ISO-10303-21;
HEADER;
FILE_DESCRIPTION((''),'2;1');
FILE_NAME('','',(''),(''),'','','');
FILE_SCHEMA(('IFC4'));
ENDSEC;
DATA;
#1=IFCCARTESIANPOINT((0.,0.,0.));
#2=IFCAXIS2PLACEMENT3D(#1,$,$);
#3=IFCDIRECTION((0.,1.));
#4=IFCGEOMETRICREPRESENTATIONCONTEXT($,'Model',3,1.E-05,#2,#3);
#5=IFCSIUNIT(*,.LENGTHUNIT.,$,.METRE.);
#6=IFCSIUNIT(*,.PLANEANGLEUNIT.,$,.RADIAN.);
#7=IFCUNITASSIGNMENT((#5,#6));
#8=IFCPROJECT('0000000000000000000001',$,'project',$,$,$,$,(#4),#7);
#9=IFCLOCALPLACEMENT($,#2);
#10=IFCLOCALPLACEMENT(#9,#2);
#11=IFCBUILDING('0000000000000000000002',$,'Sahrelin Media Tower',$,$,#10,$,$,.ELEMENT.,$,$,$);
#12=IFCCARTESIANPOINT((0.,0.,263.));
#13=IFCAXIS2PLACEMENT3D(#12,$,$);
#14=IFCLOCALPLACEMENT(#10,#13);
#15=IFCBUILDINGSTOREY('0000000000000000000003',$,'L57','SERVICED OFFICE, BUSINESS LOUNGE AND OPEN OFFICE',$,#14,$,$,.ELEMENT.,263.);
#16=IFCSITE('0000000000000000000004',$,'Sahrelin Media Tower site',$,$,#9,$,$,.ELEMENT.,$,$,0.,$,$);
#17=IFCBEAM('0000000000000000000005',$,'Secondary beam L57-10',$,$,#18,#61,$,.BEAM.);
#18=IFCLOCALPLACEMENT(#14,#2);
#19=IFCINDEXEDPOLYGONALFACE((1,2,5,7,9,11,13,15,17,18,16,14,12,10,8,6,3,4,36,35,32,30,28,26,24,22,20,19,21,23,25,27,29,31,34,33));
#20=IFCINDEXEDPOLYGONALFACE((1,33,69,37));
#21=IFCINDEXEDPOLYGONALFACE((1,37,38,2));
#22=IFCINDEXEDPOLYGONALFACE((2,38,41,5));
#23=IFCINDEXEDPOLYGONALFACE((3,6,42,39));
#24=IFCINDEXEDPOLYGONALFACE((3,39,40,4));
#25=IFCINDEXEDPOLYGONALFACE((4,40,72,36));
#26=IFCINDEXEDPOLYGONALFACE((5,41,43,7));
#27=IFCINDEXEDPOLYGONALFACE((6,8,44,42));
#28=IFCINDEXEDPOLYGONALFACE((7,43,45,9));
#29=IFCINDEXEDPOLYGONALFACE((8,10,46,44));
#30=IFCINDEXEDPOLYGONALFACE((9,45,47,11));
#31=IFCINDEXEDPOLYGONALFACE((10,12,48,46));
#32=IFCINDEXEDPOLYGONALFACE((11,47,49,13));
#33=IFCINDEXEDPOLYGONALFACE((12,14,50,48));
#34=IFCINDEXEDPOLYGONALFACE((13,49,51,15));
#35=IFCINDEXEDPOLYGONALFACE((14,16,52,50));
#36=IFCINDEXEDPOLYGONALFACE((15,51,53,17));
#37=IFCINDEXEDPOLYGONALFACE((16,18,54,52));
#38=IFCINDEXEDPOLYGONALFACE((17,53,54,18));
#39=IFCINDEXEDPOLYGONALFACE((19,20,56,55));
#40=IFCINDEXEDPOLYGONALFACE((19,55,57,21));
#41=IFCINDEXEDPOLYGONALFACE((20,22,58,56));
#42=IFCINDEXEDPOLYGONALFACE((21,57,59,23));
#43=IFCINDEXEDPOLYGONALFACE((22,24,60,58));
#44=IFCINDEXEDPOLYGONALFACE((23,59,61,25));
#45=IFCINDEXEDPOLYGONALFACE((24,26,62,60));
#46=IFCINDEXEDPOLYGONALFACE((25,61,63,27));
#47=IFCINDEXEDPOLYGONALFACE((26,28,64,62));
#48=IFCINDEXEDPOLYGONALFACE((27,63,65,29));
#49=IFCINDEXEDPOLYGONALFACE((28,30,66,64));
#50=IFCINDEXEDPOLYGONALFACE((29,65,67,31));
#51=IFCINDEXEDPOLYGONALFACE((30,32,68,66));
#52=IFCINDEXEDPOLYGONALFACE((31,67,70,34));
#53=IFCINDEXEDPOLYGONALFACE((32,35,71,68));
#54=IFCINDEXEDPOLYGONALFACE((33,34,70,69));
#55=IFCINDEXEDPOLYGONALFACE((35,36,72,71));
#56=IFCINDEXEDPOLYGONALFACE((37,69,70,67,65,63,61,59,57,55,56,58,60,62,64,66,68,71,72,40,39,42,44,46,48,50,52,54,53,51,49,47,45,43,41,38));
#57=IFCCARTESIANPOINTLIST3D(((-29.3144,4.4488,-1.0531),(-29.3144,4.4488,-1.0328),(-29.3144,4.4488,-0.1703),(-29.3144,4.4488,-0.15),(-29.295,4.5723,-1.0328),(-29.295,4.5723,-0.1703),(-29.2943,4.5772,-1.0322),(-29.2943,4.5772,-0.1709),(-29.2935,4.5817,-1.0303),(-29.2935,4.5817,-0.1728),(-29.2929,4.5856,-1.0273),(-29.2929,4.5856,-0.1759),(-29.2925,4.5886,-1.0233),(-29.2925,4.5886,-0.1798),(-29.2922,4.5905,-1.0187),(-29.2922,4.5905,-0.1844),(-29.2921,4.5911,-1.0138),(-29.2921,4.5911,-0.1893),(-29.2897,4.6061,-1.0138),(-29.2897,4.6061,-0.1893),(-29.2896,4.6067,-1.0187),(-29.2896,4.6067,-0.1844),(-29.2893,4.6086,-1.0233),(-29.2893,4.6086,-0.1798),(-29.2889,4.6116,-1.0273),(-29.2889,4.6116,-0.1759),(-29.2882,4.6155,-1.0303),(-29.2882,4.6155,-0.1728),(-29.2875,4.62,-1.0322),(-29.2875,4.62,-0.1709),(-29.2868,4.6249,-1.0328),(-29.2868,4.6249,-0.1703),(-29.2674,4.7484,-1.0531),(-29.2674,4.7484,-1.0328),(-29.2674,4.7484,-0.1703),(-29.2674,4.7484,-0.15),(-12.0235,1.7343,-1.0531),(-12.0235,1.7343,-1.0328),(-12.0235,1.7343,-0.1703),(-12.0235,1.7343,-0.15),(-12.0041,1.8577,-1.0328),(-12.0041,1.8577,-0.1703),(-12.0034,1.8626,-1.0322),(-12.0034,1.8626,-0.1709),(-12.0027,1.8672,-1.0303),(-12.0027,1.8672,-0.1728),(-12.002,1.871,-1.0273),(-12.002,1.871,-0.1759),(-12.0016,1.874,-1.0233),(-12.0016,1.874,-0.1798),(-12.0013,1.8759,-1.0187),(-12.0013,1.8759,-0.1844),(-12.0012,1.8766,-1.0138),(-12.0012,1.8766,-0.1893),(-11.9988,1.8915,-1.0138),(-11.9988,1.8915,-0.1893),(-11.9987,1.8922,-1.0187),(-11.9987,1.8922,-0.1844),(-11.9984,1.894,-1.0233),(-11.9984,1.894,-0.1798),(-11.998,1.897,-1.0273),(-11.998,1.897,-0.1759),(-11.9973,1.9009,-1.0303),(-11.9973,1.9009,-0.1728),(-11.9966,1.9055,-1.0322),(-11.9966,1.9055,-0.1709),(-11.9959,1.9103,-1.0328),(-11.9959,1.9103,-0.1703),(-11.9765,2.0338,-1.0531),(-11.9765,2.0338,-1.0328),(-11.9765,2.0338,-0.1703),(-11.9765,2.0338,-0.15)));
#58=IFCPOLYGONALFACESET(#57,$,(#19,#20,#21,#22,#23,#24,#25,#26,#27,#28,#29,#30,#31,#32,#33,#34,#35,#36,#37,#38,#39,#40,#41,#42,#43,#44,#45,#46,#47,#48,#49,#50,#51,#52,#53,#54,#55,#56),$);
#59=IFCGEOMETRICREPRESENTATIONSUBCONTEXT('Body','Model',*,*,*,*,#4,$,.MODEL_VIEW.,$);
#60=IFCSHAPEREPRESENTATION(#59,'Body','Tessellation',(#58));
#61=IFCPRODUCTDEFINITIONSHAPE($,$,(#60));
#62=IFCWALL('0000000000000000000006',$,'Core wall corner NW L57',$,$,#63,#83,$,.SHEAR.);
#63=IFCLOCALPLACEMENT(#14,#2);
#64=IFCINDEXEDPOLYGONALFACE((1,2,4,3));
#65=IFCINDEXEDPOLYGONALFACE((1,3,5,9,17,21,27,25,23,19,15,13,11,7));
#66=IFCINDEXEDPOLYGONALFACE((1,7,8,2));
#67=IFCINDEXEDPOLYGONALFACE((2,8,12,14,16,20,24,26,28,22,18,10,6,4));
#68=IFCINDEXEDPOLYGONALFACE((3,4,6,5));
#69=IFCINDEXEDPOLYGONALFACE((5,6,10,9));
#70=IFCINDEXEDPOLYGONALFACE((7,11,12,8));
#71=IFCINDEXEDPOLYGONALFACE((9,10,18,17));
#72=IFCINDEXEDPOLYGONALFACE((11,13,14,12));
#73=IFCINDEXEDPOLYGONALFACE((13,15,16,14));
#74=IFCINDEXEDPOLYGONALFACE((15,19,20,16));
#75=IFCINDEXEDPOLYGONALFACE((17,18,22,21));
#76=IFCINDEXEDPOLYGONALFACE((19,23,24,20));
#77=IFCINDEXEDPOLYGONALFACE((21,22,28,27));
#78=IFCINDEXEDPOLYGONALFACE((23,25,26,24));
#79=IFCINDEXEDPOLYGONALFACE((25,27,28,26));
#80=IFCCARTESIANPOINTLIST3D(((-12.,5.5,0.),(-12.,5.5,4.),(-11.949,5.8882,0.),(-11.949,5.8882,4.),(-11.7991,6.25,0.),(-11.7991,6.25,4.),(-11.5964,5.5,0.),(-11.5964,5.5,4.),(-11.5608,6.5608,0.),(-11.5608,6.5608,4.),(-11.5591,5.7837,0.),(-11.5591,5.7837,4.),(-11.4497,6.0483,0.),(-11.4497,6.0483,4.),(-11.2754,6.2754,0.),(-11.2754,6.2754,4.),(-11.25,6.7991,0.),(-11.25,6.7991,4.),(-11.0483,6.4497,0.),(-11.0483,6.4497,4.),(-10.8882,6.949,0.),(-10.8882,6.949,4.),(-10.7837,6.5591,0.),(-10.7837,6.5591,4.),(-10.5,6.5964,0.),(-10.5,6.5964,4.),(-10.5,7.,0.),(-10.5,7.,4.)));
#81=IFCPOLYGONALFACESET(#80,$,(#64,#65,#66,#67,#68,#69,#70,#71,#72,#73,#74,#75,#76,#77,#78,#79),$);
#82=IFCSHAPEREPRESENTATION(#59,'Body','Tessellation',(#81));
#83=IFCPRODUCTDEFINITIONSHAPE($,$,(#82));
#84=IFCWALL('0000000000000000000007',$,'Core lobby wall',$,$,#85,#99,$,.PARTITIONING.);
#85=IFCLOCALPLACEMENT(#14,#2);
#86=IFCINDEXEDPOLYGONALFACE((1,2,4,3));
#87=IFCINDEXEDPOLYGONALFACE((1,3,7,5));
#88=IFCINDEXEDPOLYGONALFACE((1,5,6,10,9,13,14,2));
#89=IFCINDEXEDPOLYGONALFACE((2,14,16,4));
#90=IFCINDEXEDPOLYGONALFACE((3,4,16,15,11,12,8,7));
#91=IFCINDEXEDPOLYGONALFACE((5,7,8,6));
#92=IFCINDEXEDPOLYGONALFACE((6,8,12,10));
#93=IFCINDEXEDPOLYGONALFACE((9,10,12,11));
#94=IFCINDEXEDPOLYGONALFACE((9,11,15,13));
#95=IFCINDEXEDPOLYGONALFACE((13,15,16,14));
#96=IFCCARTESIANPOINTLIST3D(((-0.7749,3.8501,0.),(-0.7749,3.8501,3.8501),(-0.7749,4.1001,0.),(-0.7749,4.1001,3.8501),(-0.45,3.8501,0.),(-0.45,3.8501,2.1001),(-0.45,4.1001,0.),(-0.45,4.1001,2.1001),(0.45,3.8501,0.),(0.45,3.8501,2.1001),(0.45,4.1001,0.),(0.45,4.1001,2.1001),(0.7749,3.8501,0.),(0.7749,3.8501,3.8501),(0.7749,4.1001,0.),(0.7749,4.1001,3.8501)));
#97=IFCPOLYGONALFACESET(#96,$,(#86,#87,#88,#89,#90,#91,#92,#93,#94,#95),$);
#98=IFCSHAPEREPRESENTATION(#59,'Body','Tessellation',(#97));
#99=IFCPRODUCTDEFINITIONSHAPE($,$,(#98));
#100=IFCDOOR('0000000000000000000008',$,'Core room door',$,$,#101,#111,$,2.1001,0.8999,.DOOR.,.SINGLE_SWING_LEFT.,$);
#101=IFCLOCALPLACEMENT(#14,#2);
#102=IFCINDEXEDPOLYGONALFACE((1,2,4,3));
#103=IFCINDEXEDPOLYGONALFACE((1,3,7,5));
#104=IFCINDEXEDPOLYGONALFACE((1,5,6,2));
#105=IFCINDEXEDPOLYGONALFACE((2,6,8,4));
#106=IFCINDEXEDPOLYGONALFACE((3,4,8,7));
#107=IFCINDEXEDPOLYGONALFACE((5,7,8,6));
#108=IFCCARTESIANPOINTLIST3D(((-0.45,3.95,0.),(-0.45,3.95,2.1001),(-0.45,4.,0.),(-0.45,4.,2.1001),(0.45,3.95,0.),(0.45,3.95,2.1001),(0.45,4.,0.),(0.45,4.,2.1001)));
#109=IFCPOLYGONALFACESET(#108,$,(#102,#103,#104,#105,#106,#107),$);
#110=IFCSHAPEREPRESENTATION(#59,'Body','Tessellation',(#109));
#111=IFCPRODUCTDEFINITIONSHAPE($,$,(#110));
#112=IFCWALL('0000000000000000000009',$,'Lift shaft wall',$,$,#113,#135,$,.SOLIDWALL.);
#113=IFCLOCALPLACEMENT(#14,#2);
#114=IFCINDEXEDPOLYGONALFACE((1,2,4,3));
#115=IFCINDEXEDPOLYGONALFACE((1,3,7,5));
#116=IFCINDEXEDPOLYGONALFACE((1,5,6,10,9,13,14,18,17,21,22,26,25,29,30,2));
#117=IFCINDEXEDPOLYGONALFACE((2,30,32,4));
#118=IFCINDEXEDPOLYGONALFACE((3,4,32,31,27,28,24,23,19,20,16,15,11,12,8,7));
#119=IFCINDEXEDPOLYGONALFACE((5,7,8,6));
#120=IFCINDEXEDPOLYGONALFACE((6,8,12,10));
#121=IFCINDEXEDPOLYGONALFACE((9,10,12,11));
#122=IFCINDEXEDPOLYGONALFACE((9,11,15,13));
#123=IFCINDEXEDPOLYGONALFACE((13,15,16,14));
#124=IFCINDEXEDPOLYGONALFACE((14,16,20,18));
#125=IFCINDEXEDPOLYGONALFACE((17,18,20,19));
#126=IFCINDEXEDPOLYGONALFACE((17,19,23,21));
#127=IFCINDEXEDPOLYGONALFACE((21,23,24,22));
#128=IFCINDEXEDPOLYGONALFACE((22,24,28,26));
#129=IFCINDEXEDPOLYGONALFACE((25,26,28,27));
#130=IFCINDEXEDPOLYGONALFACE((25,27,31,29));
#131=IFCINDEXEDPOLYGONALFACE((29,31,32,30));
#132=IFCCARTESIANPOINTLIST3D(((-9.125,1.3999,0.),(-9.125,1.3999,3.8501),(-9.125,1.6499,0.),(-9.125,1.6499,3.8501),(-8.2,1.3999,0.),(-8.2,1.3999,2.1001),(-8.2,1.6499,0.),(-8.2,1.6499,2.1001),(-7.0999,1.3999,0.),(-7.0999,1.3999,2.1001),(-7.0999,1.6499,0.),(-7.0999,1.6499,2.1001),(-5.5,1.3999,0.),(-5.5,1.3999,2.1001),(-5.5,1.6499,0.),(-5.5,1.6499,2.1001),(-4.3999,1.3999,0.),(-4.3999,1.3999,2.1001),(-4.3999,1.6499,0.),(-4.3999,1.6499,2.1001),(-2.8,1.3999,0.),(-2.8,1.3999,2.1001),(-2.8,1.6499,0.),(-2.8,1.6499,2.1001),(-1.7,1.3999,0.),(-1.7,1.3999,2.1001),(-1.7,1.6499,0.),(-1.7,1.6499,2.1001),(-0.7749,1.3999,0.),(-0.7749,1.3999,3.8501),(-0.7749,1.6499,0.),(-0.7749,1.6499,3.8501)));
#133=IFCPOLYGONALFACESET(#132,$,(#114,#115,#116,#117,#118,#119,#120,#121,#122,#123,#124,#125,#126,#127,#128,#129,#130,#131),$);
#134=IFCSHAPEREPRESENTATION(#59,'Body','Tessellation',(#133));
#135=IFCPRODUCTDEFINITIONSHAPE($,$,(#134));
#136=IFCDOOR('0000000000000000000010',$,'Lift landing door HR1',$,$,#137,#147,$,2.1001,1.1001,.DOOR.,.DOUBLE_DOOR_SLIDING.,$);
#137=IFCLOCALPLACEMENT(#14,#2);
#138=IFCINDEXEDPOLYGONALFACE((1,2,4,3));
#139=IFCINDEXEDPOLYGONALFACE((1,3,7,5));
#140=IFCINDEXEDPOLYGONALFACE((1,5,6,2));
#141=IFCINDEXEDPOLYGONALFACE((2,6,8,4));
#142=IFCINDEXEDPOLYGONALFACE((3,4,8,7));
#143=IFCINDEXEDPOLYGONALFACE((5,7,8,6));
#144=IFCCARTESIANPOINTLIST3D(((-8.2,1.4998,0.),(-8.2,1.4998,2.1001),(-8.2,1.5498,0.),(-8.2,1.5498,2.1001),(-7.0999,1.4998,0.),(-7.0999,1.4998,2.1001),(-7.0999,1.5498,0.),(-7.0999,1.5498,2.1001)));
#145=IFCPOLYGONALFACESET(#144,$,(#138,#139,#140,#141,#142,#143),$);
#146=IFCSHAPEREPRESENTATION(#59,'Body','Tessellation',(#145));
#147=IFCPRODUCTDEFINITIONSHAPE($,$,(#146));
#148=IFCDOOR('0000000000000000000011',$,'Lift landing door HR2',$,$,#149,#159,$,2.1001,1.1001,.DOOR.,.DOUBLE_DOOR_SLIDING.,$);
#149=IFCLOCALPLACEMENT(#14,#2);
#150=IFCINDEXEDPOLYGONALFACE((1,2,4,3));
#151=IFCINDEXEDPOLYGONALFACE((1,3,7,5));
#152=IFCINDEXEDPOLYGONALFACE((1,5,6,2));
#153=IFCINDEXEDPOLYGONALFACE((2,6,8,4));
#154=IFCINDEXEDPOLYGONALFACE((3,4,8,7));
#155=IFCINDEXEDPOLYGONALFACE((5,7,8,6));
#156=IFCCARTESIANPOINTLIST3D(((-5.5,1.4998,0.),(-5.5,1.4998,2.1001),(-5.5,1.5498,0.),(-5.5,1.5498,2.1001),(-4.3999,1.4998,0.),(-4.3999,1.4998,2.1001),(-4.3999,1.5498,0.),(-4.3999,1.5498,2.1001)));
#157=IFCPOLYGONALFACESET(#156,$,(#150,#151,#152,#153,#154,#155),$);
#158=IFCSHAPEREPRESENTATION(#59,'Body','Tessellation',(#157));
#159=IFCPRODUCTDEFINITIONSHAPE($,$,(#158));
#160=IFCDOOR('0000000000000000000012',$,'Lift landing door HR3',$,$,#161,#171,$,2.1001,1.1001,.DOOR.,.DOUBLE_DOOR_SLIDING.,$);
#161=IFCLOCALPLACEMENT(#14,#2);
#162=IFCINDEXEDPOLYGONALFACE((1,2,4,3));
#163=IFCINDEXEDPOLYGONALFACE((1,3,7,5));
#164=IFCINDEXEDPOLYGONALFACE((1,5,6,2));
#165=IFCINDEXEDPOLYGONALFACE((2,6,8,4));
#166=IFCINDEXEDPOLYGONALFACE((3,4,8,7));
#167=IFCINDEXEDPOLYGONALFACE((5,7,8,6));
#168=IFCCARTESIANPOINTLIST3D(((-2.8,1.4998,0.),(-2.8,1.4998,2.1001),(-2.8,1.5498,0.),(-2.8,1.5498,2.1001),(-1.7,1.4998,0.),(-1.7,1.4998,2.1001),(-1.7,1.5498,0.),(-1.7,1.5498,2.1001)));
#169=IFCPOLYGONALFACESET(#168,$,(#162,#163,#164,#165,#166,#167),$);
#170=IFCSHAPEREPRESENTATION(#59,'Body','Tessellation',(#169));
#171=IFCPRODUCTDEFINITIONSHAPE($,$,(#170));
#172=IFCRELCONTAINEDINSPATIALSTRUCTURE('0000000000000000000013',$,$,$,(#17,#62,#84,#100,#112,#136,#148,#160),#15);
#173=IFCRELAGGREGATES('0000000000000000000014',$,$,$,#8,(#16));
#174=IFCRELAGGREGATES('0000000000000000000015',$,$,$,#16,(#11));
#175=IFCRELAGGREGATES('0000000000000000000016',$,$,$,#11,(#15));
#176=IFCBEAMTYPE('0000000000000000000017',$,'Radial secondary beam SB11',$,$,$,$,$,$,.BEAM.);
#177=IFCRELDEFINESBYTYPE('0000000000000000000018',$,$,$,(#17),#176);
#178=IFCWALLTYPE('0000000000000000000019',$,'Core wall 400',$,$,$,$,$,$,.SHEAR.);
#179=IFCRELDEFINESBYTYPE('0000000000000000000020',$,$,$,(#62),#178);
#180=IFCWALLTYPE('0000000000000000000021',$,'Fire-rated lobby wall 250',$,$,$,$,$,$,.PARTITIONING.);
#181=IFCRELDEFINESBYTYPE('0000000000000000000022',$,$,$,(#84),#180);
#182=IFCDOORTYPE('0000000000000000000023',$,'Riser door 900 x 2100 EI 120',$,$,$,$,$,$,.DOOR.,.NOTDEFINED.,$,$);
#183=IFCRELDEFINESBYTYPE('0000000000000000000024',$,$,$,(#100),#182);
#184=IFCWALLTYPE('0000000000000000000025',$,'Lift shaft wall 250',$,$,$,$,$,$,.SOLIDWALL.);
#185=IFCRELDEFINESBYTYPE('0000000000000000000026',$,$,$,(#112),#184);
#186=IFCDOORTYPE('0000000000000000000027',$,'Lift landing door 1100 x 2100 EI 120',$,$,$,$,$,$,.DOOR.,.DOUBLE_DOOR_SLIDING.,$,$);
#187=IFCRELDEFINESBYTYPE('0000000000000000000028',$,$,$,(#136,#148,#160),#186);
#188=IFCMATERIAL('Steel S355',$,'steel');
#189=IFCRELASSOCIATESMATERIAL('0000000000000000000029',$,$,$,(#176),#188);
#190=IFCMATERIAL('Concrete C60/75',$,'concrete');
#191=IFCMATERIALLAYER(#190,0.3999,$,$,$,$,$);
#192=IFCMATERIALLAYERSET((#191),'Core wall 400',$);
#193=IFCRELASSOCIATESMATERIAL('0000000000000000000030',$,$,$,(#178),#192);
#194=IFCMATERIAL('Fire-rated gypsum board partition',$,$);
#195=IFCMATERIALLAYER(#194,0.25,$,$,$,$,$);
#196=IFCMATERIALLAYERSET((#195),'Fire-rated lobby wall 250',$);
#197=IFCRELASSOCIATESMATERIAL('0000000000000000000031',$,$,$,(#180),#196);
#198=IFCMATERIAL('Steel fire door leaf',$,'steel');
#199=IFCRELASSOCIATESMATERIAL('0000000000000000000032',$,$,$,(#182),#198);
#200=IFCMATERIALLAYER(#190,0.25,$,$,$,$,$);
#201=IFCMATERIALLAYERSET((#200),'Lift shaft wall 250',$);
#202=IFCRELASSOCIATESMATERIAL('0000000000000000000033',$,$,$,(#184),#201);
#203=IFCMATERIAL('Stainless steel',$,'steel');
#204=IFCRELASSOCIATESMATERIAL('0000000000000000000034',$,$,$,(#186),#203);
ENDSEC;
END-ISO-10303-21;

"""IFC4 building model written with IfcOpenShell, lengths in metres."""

from ifc_helpers import new_model, si_unit, direction, frame, frame_2d, origin, origin_2d, place, context, subcontext, project, spatial, polyline, rectangle, i_section, outline, extrude, material, layer, layer_set, material_profile, profile_set, type_object, element, fill, save


model = new_model("IFC4")

# Units and contexts
model_context = context("Model", 3, precision=1e-05, world=origin(), true_north=direction((0.0, 1.0)))
body_context = subcontext(model_context, "Body", "Model", "MODEL_VIEW")
ifc_project = project(units=[si_unit("LENGTHUNIT", "METRE"), si_unit("PLANEANGLEUNIT", "RADIAN")], contexts=[model_context])

# Site, building, storey
site_placement = place(None, origin())
site = spatial("IfcSite", under=ifc_project, at=site_placement, Name="Sahrelin Media Tower site", CompositionType="ELEMENT", RefElevation=0.0)
building_placement = place(site_placement, origin())
building = spatial("IfcBuilding", under=site, at=building_placement, Name="Sahrelin Media Tower", CompositionType="ELEMENT")
storey_placement = place(building_placement, frame((0.0, 0.0, 263.0)))
storey = spatial("IfcBuildingStorey", under=building, at=storey_placement, Name="L57", Description="SERVICED OFFICE, BUSINESS LOUNGE AND OPEN OFFICE", CompositionType="ELEMENT", Elevation=263.0)

# Beam
ifc_material_1 = material(Name="Steel S355", Category="steel")
ifc_material_profile_1 = material_profile(ifc_material_1, i_section(OverallWidth=0.3032, OverallDepth=0.9031, WebThickness=0.0151, FlangeThickness=0.0203, FilletRadius=0.019, at=origin_2d()), Name="UB 914x305x201")
ifc_profile_set_1 = profile_set([ifc_material_profile_1], Name="Steel S355")
beam_type_1 = type_object("IfcBeamType", Name="Radial secondary beam SB11", PredefinedType="BEAM", material=ifc_profile_set_1)
beam_1_placement = place(storey_placement, frame((-12.0, 1.884, -0.6016), z_axis=(-0.9879, 0.155095, 0.0), x_axis=(-0.155095, -0.9879, 0.0)))
element("IfcBeam", 1, at=beam_1_placement, inside=storey, type_object=beam_type_1, Name="Secondary beam L57-10", PredefinedType="BEAM", context=body_context, shape_type="SweptSolid", body=[
    extrude(i_section(OverallWidth=0.3032, OverallDepth=0.9031, WebThickness=0.0151, FlangeThickness=0.0203, FilletRadius=0.019, at=origin_2d()), origin(), (0.0, 0.0, 1.0), 17.5027),
])

# Wall
ifc_material_2 = material(Name="Concrete C60/75", Category="concrete")
ifc_layer_1 = layer(ifc_material_2, 0.3999)
ifc_layer_set_1 = layer_set([ifc_layer_1], Name="Core wall 400")
wall_type_1 = type_object("IfcWallType", Name="Core wall 400", PredefinedType="SHEAR", material=ifc_layer_set_1)
wall_1_placement = place(storey_placement, origin())
element("IfcWall", 2, at=wall_1_placement, inside=storey, type_object=wall_type_1, Name="Core wall corner NW L57", PredefinedType="SHEAR", context=body_context, shape_type="SweptSolid", body=[
    extrude(outline(polyline([(-12.0, 5.5), (-11.5964, 5.5), (-11.5591, 5.7837), (-11.4497, 6.0483), (-11.2754, 6.2754), (-11.0483, 6.4497), (-10.7837, 6.5591), (-10.5, 6.5964), (-10.5, 7.0), (-10.8882, 6.949), (-11.25, 6.7991), (-11.5608, 6.5608), (-11.7991, 6.25), (-11.949, 5.8882), (-12.0, 5.5)])), origin(), (0.0, 0.0, 1.0), 4.0),
])

# Wall, opening, door
ifc_material_3 = material(Name="Fire-rated gypsum board partition")
ifc_layer_2 = layer(ifc_material_3, 0.25)
ifc_layer_set_2 = layer_set([ifc_layer_2], Name="Fire-rated lobby wall 250")
wall_type_2 = type_object("IfcWallType", Name="Fire-rated lobby wall 250", PredefinedType="PARTITIONING", material=ifc_layer_set_2)
wall_2_placement = place(storey_placement, frame((-0.7749, 3.9751, 0.0), z_axis=(0.0, 0.0, 1.0), x_axis=(1.0, 0.0, 0.0)))
wall_2 = element("IfcWall", 3, at=wall_2_placement, inside=storey, type_object=wall_type_2, Name="Core lobby wall", PredefinedType="PARTITIONING", context=body_context, shape_type="SweptSolid", body=[
    extrude(rectangle(XDim=1.5498, YDim=0.25, at=frame_2d((0.7749, 0.0))), origin(), (0.0, 0.0, 1.0), 3.8501),
])
opening_1_placement = place(wall_2_placement, frame((0.325, 0.0, 0.0)))
opening_1 = element("IfcOpeningElement", 4, at=opening_1_placement, cuts=wall_2, PredefinedType="OPENING", context=body_context, shape_type="SweptSolid", body=[
    extrude(rectangle(XDim=0.8999, YDim=2.1001, at=frame_2d((0.45, 1.05))), frame((0.0, 0.125, 0.0), z_axis=(0.0, -1.0, 0.0), x_axis=(1.0, 0.0, 0.0)), (0.0, 0.0, 1.0), 0.25),
])
ifc_material_4 = material(Name="Steel fire door leaf", Category="steel")
door_type_1 = type_object("IfcDoorType", Name="Riser door 900 x 2100 EI 120", OperationType="NOTDEFINED", PredefinedType="DOOR", material=ifc_material_4)
door_1_placement = place(opening_1_placement, origin())
door_1 = element("IfcDoor", 5, at=door_1_placement, inside=storey, type_object=door_type_1, Name="Core room door", OperationType="SINGLE_SWING_LEFT", OverallHeight=2.1001, OverallWidth=0.8999, PredefinedType="DOOR", context=body_context, shape_type="SweptSolid", body=[
    extrude(rectangle(XDim=0.8999, YDim=2.1001, at=frame_2d((0.45, 1.05))), frame((0.0, 0.0249, 0.0), z_axis=(0.0, -1.0, 0.0), x_axis=(1.0, 0.0, 0.0)), (0.0, 0.0, 1.0), 0.05),
])
fill(opening_1, door_1)

# Wall, openings, doors
ifc_layer_3 = layer(ifc_material_2, 0.25)
ifc_layer_set_3 = layer_set([ifc_layer_3], Name="Lift shaft wall 250")
wall_type_3 = type_object("IfcWallType", Name="Lift shaft wall 250", PredefinedType="SOLIDWALL", material=ifc_layer_set_3)
wall_3_placement = place(storey_placement, frame((-9.125, 1.5249, 0.0), z_axis=(0.0, 0.0, 1.0), x_axis=(1.0, 0.0, 0.0)))
wall_3 = element("IfcWall", 6, at=wall_3_placement, inside=storey, type_object=wall_type_3, Name="Lift shaft wall", PredefinedType="SOLIDWALL", context=body_context, shape_type="SweptSolid", body=[
    extrude(rectangle(XDim=8.3501, YDim=0.25, at=frame_2d((4.175, 0.0))), origin(), (0.0, 0.0, 1.0), 3.8501),
])
opening_2_placement = place(wall_3_placement, frame((0.925, 0.0, 0.0)))
opening_2 = element("IfcOpeningElement", 7, at=opening_2_placement, cuts=wall_3, PredefinedType="OPENING", context=body_context, shape_type="SweptSolid", body=[
    extrude(rectangle(XDim=1.1001, YDim=2.1001, at=frame_2d((0.55, 1.05))), frame((0.0, 0.125, 0.0), z_axis=(0.0, -1.0, 0.0), x_axis=(1.0, 0.0, 0.0)), (0.0, 0.0, 1.0), 0.25),
])
opening_3_placement = place(wall_3_placement, frame((3.625, 0.0, 0.0)))
opening_3 = element("IfcOpeningElement", 8, at=opening_3_placement, cuts=wall_3, PredefinedType="OPENING", context=body_context, shape_type="SweptSolid", body=[
    extrude(rectangle(XDim=1.1001, YDim=2.1001, at=frame_2d((0.55, 1.05))), frame((0.0, 0.125, 0.0), z_axis=(0.0, -1.0, 0.0), x_axis=(1.0, 0.0, 0.0)), (0.0, 0.0, 1.0), 0.25),
])
opening_4_placement = place(wall_3_placement, frame((6.325, 0.0, 0.0)))
opening_4 = element("IfcOpeningElement", 9, at=opening_4_placement, cuts=wall_3, PredefinedType="OPENING", context=body_context, shape_type="SweptSolid", body=[
    extrude(rectangle(XDim=1.1001, YDim=2.1001, at=frame_2d((0.55, 1.05))), frame((0.0, 0.125, 0.0), z_axis=(0.0, -1.0, 0.0), x_axis=(1.0, 0.0, 0.0)), (0.0, 0.0, 1.0), 0.25),
])
ifc_material_5 = material(Name="Stainless steel", Category="steel")
door_type_2 = type_object("IfcDoorType", Name="Lift landing door 1100 x 2100 EI 120", OperationType="DOUBLE_DOOR_SLIDING", PredefinedType="DOOR", material=ifc_material_5)
door_2_placement = place(opening_2_placement, origin())
door_2 = element("IfcDoor", 10, at=door_2_placement, inside=storey, type_object=door_type_2, Name="Lift landing door HR1", OperationType="DOUBLE_DOOR_SLIDING", OverallHeight=2.1001, OverallWidth=1.1001, PredefinedType="DOOR", context=body_context, shape_type="SweptSolid", body=[
    extrude(rectangle(XDim=1.1001, YDim=2.1001, at=frame_2d((0.55, 1.05))), frame((0.0, 0.0249, 0.0), z_axis=(0.0, -1.0, 0.0), x_axis=(1.0, 0.0, 0.0)), (0.0, 0.0, 1.0), 0.05),
])
fill(opening_2, door_2)
door_3_placement = place(opening_3_placement, origin())
door_3 = element("IfcDoor", 11, at=door_3_placement, inside=storey, type_object=door_type_2, Name="Lift landing door HR2", OperationType="DOUBLE_DOOR_SLIDING", OverallHeight=2.1001, OverallWidth=1.1001, PredefinedType="DOOR", context=body_context, shape_type="SweptSolid", body=[
    extrude(rectangle(XDim=1.1001, YDim=2.1001, at=frame_2d((0.55, 1.05))), frame((0.0, 0.0249, 0.0), z_axis=(0.0, -1.0, 0.0), x_axis=(1.0, 0.0, 0.0)), (0.0, 0.0, 1.0), 0.05),
])
fill(opening_3, door_3)
door_4_placement = place(opening_4_placement, origin())
door_4 = element("IfcDoor", 12, at=door_4_placement, inside=storey, type_object=door_type_2, Name="Lift landing door HR3", OperationType="DOUBLE_DOOR_SLIDING", OverallHeight=2.1001, OverallWidth=1.1001, PredefinedType="DOOR", context=body_context, shape_type="SweptSolid", body=[
    extrude(rectangle(XDim=1.1001, YDim=2.1001, at=frame_2d((0.55, 1.05))), frame((0.0, 0.0249, 0.0), z_axis=(0.0, -1.0, 0.0), x_axis=(1.0, 0.0, 0.0)), (0.0, 0.0, 1.0), 0.05),
])
fill(opening_4, door_4)

save(model, "model.ifc")
